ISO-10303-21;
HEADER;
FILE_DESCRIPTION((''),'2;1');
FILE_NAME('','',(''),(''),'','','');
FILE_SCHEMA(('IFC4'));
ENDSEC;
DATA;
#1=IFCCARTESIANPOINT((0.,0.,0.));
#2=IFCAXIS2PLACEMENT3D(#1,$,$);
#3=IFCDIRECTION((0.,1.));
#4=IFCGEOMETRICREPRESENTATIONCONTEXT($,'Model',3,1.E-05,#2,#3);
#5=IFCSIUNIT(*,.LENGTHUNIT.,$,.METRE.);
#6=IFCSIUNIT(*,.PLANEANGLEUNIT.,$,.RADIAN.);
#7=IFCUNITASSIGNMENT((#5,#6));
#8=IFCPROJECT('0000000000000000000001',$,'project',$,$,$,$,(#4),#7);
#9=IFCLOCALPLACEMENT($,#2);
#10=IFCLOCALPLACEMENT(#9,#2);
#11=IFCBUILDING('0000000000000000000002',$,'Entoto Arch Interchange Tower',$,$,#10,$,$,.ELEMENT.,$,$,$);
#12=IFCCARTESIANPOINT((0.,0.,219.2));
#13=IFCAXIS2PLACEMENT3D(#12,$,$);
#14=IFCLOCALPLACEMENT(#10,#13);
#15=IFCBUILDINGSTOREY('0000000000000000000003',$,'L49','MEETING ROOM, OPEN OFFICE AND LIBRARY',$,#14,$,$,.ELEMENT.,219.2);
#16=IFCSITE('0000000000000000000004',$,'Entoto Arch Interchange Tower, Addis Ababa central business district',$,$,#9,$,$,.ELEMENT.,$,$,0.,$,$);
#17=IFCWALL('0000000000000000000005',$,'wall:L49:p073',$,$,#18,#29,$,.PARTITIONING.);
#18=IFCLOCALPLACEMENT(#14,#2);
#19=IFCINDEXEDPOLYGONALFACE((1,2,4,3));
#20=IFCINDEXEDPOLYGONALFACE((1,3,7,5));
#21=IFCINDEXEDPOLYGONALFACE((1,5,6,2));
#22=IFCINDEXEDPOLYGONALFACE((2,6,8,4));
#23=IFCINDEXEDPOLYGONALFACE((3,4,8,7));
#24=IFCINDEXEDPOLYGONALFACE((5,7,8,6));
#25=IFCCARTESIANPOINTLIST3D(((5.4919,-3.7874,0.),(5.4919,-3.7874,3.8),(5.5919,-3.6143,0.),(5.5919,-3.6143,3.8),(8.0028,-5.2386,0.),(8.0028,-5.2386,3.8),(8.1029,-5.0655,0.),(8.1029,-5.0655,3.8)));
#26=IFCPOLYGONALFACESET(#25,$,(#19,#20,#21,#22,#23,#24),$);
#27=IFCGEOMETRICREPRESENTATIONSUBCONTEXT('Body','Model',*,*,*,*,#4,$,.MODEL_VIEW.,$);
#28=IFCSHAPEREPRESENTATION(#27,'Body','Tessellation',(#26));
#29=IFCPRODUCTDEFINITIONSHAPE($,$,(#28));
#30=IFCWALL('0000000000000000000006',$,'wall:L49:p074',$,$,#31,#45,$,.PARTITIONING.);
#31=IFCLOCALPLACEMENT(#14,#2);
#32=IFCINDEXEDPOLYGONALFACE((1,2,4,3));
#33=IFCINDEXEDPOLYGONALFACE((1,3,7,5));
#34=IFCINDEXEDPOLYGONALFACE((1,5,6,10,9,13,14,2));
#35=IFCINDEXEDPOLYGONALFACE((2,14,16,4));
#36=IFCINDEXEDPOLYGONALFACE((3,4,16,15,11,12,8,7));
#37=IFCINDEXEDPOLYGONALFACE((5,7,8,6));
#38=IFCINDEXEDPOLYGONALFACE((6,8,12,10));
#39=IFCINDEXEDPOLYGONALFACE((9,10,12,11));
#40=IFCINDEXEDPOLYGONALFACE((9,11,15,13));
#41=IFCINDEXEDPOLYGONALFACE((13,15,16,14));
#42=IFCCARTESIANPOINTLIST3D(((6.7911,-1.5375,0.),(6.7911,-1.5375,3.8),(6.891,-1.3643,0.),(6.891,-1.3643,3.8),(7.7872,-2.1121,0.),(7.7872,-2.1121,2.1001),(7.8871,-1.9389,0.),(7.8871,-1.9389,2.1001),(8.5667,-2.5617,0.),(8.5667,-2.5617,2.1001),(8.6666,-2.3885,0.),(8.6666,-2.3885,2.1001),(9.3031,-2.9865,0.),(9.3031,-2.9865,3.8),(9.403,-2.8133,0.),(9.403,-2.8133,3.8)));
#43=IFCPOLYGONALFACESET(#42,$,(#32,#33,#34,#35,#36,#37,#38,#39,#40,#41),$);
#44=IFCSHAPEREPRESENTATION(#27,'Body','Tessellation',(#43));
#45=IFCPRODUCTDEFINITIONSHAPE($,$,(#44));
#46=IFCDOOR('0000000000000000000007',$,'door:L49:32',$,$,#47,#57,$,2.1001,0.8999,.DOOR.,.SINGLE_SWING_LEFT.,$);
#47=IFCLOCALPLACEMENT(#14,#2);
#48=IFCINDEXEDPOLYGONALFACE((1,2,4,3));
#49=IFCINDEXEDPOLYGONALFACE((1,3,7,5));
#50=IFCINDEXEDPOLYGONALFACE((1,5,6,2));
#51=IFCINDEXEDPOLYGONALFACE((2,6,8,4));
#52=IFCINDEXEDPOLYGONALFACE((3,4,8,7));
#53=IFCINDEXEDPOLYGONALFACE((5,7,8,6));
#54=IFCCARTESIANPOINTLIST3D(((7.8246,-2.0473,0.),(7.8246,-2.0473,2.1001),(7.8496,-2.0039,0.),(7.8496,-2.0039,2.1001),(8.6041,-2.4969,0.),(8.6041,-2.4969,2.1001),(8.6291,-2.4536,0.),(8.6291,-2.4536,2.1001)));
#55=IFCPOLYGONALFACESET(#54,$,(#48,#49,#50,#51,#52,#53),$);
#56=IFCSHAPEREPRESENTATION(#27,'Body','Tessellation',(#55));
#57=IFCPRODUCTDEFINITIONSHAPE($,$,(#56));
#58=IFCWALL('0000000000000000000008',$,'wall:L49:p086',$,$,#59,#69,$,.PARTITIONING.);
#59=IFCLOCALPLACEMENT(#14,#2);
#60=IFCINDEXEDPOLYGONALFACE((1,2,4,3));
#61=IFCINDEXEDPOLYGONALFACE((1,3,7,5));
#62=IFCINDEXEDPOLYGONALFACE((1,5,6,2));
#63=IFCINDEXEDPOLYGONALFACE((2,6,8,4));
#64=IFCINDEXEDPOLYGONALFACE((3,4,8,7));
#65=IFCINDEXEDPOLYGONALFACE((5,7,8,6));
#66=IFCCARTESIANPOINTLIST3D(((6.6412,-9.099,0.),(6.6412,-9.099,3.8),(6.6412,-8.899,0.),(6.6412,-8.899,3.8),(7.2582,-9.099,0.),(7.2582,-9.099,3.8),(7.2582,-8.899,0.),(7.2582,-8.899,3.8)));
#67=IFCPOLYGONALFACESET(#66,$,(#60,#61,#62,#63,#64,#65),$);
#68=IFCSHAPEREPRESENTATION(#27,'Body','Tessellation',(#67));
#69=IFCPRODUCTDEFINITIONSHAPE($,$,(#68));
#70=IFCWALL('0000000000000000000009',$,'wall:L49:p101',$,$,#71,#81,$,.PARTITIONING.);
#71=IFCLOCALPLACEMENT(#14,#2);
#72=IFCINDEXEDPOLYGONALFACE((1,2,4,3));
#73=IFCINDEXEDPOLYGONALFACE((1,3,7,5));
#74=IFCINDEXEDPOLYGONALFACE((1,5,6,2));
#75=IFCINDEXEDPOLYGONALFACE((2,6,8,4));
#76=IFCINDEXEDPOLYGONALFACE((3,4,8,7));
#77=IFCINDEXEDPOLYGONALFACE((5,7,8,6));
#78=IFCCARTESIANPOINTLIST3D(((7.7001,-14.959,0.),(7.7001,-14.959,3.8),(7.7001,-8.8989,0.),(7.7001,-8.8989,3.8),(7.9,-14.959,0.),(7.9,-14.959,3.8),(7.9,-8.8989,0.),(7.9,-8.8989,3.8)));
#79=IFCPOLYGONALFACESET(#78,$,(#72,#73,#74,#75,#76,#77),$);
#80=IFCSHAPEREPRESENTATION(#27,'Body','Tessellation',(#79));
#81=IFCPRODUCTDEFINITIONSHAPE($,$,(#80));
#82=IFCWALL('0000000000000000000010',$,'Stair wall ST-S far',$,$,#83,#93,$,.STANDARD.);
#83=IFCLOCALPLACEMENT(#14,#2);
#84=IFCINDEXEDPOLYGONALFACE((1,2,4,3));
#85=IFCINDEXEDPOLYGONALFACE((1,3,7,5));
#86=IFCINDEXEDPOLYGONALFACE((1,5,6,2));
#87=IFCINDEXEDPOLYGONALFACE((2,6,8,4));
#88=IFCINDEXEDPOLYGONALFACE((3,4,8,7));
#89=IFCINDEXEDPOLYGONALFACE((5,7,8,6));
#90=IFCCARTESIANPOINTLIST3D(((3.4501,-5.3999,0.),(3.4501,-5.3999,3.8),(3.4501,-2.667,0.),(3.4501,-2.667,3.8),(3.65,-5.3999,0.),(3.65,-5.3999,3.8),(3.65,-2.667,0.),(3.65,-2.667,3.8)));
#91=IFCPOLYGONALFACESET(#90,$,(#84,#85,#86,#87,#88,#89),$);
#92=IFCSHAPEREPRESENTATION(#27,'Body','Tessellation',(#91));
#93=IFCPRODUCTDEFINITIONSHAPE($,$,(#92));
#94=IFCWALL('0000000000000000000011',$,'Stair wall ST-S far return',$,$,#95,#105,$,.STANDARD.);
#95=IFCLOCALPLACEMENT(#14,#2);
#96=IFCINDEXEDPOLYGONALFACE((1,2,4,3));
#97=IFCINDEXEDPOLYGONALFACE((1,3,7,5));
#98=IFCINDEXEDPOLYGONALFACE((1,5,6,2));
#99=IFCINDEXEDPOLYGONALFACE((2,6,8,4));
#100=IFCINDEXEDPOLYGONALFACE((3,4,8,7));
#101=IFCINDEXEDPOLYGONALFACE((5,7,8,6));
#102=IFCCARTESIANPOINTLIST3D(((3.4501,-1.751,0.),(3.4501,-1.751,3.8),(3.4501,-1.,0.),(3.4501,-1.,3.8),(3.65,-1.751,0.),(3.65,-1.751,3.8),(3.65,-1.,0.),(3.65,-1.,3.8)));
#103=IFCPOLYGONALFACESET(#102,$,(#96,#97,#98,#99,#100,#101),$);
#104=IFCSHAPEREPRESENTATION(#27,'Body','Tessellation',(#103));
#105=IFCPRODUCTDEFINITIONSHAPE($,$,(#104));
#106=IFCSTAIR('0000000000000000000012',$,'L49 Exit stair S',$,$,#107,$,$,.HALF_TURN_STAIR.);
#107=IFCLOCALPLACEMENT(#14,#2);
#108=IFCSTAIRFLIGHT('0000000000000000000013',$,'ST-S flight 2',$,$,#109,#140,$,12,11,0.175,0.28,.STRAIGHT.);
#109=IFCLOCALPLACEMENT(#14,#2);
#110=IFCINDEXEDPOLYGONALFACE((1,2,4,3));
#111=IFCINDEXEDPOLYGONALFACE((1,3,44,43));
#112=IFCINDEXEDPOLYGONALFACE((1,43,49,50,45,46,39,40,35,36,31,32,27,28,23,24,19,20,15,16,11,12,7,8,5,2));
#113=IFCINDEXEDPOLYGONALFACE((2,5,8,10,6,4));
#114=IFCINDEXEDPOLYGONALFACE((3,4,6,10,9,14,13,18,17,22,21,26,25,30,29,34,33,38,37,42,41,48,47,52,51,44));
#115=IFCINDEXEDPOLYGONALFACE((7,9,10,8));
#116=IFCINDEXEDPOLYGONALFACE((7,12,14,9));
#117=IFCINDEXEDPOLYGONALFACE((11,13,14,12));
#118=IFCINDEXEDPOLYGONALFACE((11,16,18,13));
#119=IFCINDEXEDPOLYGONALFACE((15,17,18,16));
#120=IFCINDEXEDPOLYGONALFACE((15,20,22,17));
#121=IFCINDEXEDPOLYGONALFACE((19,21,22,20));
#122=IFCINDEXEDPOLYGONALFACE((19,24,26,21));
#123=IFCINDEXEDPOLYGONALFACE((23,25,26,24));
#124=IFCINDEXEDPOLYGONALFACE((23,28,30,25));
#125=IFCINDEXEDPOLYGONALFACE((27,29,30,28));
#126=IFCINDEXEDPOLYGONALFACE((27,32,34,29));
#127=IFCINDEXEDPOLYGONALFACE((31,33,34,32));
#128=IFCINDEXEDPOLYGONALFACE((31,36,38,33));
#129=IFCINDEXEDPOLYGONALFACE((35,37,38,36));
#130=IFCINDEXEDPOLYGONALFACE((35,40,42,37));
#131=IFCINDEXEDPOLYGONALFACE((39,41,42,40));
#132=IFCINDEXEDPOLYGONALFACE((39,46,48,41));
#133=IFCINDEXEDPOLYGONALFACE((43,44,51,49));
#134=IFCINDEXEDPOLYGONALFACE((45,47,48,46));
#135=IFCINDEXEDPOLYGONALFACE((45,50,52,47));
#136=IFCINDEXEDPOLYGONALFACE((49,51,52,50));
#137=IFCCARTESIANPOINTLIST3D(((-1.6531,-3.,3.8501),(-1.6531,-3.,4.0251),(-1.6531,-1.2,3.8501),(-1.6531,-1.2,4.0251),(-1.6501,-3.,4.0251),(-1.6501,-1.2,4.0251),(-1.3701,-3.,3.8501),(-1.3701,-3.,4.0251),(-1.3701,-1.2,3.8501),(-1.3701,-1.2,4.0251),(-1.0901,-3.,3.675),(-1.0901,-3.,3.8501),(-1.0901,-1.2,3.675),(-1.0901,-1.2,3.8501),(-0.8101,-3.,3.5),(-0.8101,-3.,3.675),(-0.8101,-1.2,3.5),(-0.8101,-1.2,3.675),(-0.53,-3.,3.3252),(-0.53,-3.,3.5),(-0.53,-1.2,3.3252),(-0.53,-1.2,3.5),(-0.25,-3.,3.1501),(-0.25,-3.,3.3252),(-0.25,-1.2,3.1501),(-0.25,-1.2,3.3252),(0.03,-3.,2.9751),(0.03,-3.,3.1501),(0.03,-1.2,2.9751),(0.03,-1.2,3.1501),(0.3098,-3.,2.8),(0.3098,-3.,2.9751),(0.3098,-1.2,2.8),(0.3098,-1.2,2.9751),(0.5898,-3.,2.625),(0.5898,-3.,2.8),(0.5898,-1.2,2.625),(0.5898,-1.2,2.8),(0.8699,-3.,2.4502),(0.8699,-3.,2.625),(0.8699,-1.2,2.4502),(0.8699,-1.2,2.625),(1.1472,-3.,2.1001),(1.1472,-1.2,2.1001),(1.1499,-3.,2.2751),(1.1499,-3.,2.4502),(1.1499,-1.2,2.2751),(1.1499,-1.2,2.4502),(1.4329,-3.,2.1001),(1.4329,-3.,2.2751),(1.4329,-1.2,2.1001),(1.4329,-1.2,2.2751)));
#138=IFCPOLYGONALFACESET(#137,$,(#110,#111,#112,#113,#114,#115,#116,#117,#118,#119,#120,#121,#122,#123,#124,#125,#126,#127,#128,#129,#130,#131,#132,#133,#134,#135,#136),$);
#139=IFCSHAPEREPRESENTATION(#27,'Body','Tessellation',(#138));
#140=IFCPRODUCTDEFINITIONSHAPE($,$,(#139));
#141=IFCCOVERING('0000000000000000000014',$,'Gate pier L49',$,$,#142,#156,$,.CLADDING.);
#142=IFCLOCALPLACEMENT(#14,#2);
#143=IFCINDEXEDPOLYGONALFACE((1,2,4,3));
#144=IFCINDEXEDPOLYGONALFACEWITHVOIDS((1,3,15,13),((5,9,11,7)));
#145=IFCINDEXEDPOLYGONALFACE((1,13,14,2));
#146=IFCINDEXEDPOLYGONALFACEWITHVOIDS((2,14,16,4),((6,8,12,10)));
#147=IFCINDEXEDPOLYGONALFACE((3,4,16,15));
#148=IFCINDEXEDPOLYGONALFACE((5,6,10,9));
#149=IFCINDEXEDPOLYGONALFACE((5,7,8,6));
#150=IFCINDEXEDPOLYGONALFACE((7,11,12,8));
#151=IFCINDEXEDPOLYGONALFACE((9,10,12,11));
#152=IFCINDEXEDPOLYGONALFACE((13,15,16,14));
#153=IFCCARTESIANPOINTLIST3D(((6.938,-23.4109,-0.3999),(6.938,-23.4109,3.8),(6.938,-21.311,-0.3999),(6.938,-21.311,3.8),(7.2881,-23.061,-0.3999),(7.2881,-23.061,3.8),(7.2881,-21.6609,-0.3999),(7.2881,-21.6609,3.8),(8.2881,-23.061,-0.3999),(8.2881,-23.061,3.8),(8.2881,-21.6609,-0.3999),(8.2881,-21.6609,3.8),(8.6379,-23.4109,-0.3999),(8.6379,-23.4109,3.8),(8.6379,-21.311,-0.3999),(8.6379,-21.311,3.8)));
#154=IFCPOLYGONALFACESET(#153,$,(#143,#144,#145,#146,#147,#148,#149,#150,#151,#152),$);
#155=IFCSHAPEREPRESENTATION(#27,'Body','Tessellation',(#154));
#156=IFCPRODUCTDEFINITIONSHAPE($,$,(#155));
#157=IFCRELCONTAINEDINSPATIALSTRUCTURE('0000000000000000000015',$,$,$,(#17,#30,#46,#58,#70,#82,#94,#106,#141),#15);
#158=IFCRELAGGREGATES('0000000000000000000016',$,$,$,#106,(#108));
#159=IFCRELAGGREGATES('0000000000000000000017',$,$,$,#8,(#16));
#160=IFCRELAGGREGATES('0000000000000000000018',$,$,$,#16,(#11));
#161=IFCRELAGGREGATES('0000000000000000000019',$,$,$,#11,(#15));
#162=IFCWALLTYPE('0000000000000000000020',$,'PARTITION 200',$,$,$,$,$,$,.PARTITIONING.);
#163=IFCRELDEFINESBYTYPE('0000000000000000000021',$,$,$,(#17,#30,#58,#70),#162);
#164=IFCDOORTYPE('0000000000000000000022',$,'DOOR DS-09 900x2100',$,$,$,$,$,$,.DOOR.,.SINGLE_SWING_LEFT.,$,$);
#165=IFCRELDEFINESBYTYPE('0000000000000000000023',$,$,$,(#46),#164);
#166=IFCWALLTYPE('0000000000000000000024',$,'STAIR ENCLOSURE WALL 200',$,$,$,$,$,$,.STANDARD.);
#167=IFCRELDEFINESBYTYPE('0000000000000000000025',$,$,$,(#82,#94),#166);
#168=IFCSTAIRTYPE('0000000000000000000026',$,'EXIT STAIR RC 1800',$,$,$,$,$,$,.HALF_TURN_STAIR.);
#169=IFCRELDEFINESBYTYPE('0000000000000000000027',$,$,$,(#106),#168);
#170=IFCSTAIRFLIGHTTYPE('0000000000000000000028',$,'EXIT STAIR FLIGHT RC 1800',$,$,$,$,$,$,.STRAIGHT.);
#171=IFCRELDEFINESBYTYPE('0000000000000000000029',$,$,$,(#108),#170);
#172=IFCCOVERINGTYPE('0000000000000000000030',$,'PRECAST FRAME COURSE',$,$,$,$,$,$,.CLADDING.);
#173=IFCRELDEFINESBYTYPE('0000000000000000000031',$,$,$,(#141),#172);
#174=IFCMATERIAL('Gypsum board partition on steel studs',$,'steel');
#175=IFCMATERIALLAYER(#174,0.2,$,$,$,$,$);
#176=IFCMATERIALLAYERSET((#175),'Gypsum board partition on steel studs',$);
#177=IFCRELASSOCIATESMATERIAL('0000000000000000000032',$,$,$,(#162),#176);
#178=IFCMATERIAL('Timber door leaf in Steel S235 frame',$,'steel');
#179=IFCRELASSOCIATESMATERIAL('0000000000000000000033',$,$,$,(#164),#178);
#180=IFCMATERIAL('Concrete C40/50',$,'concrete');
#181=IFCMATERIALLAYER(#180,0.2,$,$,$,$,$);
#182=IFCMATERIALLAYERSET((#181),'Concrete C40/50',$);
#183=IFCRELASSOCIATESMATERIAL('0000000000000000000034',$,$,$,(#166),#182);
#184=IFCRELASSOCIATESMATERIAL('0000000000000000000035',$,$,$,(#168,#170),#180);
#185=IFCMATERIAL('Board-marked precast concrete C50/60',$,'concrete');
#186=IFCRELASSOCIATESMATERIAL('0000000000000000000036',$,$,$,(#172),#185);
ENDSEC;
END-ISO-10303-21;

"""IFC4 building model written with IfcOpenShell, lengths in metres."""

from ifc_helpers import new_model, si_unit, direction, frame, frame_2d, origin, place, context, subcontext, project, spatial, polyline, rectangle, outline, extrude, material, layer, layer_set, type_object, element, fill, aggregate, save


model = new_model("IFC4")

# Units and contexts
model_context = context("Model", 3, precision=1e-05, world=origin(), true_north=direction((0.0, 1.0)))
body_context = subcontext(model_context, "Body", "Model", "MODEL_VIEW")
ifc_project = project(units=[si_unit("LENGTHUNIT", "METRE"), si_unit("PLANEANGLEUNIT", "RADIAN")], contexts=[model_context])

# Site, building, storey
site_placement = place(None, origin())
site = spatial("IfcSite", under=ifc_project, at=site_placement, Name="Entoto Arch Interchange Tower, Addis Ababa central business district", CompositionType="ELEMENT", RefElevation=0.0)
building_placement = place(site_placement, origin())
building = spatial("IfcBuilding", under=site, at=building_placement, Name="Entoto Arch Interchange Tower", CompositionType="ELEMENT")
storey_placement = place(building_placement, frame((0.0, 0.0, 219.2)))
storey = spatial("IfcBuildingStorey", under=building, at=storey_placement, Name="L49", Description="MEETING ROOM, OPEN OFFICE AND LIBRARY", CompositionType="ELEMENT", Elevation=219.2)

# Shared definitions
ifc_material_1 = material(Name="Concrete C40/50", Category="concrete")

# Wall
ifc_material_2 = material(Name="Gypsum board partition on steel studs", Category="steel")
ifc_layer_1 = layer(ifc_material_2, 0.2)
ifc_layer_set_1 = layer_set([ifc_layer_1], Name="Gypsum board partition on steel studs")
wall_type_1 = type_object("IfcWallType", Name="PARTITION 200", PredefinedType="PARTITIONING", material=ifc_layer_set_1)
wall_1_placement = place(storey_placement, frame((8.053, -5.1521, 0.0), z_axis=(0.0, 0.0, 1.0), x_axis=(-0.865808, 0.500376, 0.0)))
element("IfcWall", 1, at=wall_1_placement, inside=storey, type_object=wall_type_1, Name="wall:L49:p073", PredefinedType="PARTITIONING", context=body_context, shape_type="SweptSolid", body=[
    extrude(rectangle(XDim=2.9001, YDim=0.2, at=frame_2d((1.4502, 0.0))), origin(), (0.0, 0.0, 1.0), 3.8),
])

# Wall, opening, door
wall_2_placement = place(storey_placement, frame((6.8411, -1.4509, 0.0), z_axis=(0.0, 0.0, 1.0), x_axis=(0.866221, -0.499662, 0.0)))
wall_2 = element("IfcWall", 2, at=wall_2_placement, inside=storey, type_object=wall_type_1, Name="wall:L49:p074", PredefinedType="PARTITIONING", context=body_context, shape_type="SweptSolid", body=[
    extrude(rectangle(XDim=2.8999, YDim=0.2, at=frame_2d((1.45, 0.0))), origin(), (0.0, 0.0, 1.0), 3.8),
])
opening_1_placement = place(wall_2_placement, frame((1.1499, 0.0, 0.0)))
opening_1 = element("IfcOpeningElement", 3, at=opening_1_placement, cuts=wall_2, PredefinedType="OPENING", context=body_context, shape_type="SweptSolid", body=[
    extrude(rectangle(XDim=0.8999, YDim=2.1001, at=frame_2d((0.45, 1.05))), frame((0.0, 0.1099, 0.0), z_axis=(0.0, -1.0, 0.0), x_axis=(1.0, 0.0, 0.0)), (0.0, 0.0, 1.0), 0.22),
])
ifc_material_3 = material(Name="Timber door leaf in Steel S235 frame", Category="steel")
door_type_1 = type_object("IfcDoorType", Name="DOOR DS-09 900x2100", OperationType="SINGLE_SWING_LEFT", PredefinedType="DOOR", material=ifc_material_3)
door_1_placement = place(opening_1_placement, origin())
door_1 = element("IfcDoor", 4, at=door_1_placement, inside=storey, type_object=door_type_1, Name="door:L49:32", OperationType="SINGLE_SWING_LEFT", OverallHeight=2.1001, OverallWidth=0.8999, PredefinedType="DOOR", context=body_context, shape_type="SweptSolid", body=[
    extrude(rectangle(XDim=0.8999, YDim=2.1001, at=frame_2d((0.45, 1.05))), frame((0.0, 0.0249, 0.0), z_axis=(0.0, -1.0, 0.0), x_axis=(1.0, 0.0, 0.0)), (0.0, 0.0, 1.0), 0.05),
])
fill(opening_1, door_1)

# Walls
wall_3_placement = place(storey_placement, frame((6.6411, -8.999, 0.0), z_axis=(0.0, 0.0, 1.0), x_axis=(1.0, 0.0, 0.0)))
element("IfcWall", 5, at=wall_3_placement, inside=storey, type_object=wall_type_1, Name="wall:L49:p086", PredefinedType="PARTITIONING", context=body_context, shape_type="SweptSolid", body=[
    extrude(rectangle(XDim=0.6169, YDim=0.2, at=frame_2d((0.3086, 0.0))), origin(), (0.0, 0.0, 1.0), 3.8),
])
wall_4_placement = place(storey_placement, frame((7.8, -8.8989, 0.0), z_axis=(0.0, 0.0, 1.0), x_axis=(0.0, -1.0, 0.0)))
element("IfcWall", 6, at=wall_4_placement, inside=storey, type_object=wall_type_1, Name="wall:L49:p101", PredefinedType="PARTITIONING", context=body_context, shape_type="SweptSolid", body=[
    extrude(rectangle(XDim=6.0601, YDim=0.2, at=frame_2d((3.03, 0.0))), origin(), (0.0, 0.0, 1.0), 3.8),
])
ifc_layer_2 = layer(ifc_material_1, 0.2)
ifc_layer_set_2 = layer_set([ifc_layer_2], Name="Concrete C40/50")
wall_type_2 = type_object("IfcWallType", Name="STAIR ENCLOSURE WALL 200", PredefinedType="STANDARD", material=ifc_layer_set_2)
wall_5_placement = place(storey_placement, frame((3.55, -2.667, 0.0), z_axis=(0.0, 0.0, 1.0), x_axis=(0.0, -1.0, 0.0)))
element("IfcWall", 7, at=wall_5_placement, inside=storey, type_object=wall_type_2, Name="Stair wall ST-S far", PredefinedType="STANDARD", context=body_context, shape_type="SweptSolid", body=[
    extrude(rectangle(XDim=2.7329, YDim=0.2, at=frame_2d((1.3665, 0.0))), origin(), (0.0, 0.0, 1.0), 3.8),
])
wall_6_placement = place(storey_placement, frame((3.55, -1.0, 0.0), z_axis=(0.0, 0.0, 1.0), x_axis=(0.0, -1.0, 0.0)))
element("IfcWall", 8, at=wall_6_placement, inside=storey, type_object=wall_type_2, Name="Stair wall ST-S far return", PredefinedType="STANDARD", context=body_context, shape_type="SweptSolid", body=[
    extrude(rectangle(XDim=0.751, YDim=0.2, at=frame_2d((0.3755, 0.0))), origin(), (0.0, 0.0, 1.0), 3.8),
])

# Stair, stair flight
stair_type = type_object("IfcStairType", Name="EXIT STAIR RC 1800", PredefinedType="HALF_TURN_STAIR", material=ifc_material_1)
stair_placement = place(storey_placement, origin())
stair = element("IfcStair", 9, at=stair_placement, inside=storey, type_object=stair_type, Name="L49 Exit stair S", PredefinedType="HALF_TURN_STAIR")
stair_flight_type = type_object("IfcStairFlightType", Name="EXIT STAIR FLIGHT RC 1800", PredefinedType="STRAIGHT", material=ifc_material_1)
stair_flight_placement = place(storey_placement, frame((1.4299, -2.1001, 2.1001), z_axis=(0.0, 0.0, 1.0), x_axis=(-1.0, 0.0, 0.0)))
stair_flight = element("IfcStairFlight", 10, at=stair_flight_placement, type_object=stair_flight_type, Name="ST-S flight 2", NumberOfRisers=12, NumberOfTreads=11, PredefinedType="STRAIGHT", RiserHeight=0.175, TreadLength=0.28, context=body_context, shape_type="SweptSolid", body=[
    extrude(outline(polyline([(-0.0029, 0.0), (-0.0029, 0.175), (0.28, 0.175), (0.28, 0.3501), (0.5601, 0.3501), (0.5601, 0.5249), (0.8401, 0.5249), (0.8401, 0.7), (1.1201, 0.7), (1.1201, 0.875), (1.3999, 0.875), (1.3999, 1.05), (1.6799, 1.05), (1.6799, 1.2251), (1.96, 1.2251), (1.96, 1.3999), (2.24, 1.3999), (2.24, 1.575), (2.52, 1.575), (2.52, 1.75), (2.8, 1.75), (2.8, 1.925), (3.0801, 1.925), (3.083, 1.925), (3.083, 1.75), (0.2827, 0.0), (-0.0029, 0.0)])), frame((0.0, 0.8999, 0.0), z_axis=(0.0, -1.0, 0.0), x_axis=(1.0, 0.0, 0.0)), (0.0, 0.0, 1.0), 1.8),
])
aggregate(stair, [stair_flight])

# Covering
ifc_material_4 = material(Name="Board-marked precast concrete C50/60", Category="concrete")
covering_type = type_object("IfcCoveringType", Name="PRECAST FRAME COURSE", PredefinedType="CLADDING", material=ifc_material_4)
covering_placement = place(storey_placement, frame((0.0, 0.0, -0.3999)))
element("IfcCovering", 11, at=covering_placement, inside=storey, type_object=covering_type, Name="Gate pier L49", PredefinedType="CLADDING", context=body_context, shape_type="SweptSolid", body=[
    extrude(outline(polyline([(6.938, -21.311), (8.6379, -21.311), (8.6379, -23.4109), (6.938, -23.4109), (6.938, -21.311)]), holes=[polyline([(7.2881, -21.6609), (7.2881, -23.061), (8.2881, -23.061), (8.2881, -21.6609), (7.2881, -21.6609)])]), origin(), (0.0, 0.0, 1.0), 4.2),
])

save(model, "model.ifc")
